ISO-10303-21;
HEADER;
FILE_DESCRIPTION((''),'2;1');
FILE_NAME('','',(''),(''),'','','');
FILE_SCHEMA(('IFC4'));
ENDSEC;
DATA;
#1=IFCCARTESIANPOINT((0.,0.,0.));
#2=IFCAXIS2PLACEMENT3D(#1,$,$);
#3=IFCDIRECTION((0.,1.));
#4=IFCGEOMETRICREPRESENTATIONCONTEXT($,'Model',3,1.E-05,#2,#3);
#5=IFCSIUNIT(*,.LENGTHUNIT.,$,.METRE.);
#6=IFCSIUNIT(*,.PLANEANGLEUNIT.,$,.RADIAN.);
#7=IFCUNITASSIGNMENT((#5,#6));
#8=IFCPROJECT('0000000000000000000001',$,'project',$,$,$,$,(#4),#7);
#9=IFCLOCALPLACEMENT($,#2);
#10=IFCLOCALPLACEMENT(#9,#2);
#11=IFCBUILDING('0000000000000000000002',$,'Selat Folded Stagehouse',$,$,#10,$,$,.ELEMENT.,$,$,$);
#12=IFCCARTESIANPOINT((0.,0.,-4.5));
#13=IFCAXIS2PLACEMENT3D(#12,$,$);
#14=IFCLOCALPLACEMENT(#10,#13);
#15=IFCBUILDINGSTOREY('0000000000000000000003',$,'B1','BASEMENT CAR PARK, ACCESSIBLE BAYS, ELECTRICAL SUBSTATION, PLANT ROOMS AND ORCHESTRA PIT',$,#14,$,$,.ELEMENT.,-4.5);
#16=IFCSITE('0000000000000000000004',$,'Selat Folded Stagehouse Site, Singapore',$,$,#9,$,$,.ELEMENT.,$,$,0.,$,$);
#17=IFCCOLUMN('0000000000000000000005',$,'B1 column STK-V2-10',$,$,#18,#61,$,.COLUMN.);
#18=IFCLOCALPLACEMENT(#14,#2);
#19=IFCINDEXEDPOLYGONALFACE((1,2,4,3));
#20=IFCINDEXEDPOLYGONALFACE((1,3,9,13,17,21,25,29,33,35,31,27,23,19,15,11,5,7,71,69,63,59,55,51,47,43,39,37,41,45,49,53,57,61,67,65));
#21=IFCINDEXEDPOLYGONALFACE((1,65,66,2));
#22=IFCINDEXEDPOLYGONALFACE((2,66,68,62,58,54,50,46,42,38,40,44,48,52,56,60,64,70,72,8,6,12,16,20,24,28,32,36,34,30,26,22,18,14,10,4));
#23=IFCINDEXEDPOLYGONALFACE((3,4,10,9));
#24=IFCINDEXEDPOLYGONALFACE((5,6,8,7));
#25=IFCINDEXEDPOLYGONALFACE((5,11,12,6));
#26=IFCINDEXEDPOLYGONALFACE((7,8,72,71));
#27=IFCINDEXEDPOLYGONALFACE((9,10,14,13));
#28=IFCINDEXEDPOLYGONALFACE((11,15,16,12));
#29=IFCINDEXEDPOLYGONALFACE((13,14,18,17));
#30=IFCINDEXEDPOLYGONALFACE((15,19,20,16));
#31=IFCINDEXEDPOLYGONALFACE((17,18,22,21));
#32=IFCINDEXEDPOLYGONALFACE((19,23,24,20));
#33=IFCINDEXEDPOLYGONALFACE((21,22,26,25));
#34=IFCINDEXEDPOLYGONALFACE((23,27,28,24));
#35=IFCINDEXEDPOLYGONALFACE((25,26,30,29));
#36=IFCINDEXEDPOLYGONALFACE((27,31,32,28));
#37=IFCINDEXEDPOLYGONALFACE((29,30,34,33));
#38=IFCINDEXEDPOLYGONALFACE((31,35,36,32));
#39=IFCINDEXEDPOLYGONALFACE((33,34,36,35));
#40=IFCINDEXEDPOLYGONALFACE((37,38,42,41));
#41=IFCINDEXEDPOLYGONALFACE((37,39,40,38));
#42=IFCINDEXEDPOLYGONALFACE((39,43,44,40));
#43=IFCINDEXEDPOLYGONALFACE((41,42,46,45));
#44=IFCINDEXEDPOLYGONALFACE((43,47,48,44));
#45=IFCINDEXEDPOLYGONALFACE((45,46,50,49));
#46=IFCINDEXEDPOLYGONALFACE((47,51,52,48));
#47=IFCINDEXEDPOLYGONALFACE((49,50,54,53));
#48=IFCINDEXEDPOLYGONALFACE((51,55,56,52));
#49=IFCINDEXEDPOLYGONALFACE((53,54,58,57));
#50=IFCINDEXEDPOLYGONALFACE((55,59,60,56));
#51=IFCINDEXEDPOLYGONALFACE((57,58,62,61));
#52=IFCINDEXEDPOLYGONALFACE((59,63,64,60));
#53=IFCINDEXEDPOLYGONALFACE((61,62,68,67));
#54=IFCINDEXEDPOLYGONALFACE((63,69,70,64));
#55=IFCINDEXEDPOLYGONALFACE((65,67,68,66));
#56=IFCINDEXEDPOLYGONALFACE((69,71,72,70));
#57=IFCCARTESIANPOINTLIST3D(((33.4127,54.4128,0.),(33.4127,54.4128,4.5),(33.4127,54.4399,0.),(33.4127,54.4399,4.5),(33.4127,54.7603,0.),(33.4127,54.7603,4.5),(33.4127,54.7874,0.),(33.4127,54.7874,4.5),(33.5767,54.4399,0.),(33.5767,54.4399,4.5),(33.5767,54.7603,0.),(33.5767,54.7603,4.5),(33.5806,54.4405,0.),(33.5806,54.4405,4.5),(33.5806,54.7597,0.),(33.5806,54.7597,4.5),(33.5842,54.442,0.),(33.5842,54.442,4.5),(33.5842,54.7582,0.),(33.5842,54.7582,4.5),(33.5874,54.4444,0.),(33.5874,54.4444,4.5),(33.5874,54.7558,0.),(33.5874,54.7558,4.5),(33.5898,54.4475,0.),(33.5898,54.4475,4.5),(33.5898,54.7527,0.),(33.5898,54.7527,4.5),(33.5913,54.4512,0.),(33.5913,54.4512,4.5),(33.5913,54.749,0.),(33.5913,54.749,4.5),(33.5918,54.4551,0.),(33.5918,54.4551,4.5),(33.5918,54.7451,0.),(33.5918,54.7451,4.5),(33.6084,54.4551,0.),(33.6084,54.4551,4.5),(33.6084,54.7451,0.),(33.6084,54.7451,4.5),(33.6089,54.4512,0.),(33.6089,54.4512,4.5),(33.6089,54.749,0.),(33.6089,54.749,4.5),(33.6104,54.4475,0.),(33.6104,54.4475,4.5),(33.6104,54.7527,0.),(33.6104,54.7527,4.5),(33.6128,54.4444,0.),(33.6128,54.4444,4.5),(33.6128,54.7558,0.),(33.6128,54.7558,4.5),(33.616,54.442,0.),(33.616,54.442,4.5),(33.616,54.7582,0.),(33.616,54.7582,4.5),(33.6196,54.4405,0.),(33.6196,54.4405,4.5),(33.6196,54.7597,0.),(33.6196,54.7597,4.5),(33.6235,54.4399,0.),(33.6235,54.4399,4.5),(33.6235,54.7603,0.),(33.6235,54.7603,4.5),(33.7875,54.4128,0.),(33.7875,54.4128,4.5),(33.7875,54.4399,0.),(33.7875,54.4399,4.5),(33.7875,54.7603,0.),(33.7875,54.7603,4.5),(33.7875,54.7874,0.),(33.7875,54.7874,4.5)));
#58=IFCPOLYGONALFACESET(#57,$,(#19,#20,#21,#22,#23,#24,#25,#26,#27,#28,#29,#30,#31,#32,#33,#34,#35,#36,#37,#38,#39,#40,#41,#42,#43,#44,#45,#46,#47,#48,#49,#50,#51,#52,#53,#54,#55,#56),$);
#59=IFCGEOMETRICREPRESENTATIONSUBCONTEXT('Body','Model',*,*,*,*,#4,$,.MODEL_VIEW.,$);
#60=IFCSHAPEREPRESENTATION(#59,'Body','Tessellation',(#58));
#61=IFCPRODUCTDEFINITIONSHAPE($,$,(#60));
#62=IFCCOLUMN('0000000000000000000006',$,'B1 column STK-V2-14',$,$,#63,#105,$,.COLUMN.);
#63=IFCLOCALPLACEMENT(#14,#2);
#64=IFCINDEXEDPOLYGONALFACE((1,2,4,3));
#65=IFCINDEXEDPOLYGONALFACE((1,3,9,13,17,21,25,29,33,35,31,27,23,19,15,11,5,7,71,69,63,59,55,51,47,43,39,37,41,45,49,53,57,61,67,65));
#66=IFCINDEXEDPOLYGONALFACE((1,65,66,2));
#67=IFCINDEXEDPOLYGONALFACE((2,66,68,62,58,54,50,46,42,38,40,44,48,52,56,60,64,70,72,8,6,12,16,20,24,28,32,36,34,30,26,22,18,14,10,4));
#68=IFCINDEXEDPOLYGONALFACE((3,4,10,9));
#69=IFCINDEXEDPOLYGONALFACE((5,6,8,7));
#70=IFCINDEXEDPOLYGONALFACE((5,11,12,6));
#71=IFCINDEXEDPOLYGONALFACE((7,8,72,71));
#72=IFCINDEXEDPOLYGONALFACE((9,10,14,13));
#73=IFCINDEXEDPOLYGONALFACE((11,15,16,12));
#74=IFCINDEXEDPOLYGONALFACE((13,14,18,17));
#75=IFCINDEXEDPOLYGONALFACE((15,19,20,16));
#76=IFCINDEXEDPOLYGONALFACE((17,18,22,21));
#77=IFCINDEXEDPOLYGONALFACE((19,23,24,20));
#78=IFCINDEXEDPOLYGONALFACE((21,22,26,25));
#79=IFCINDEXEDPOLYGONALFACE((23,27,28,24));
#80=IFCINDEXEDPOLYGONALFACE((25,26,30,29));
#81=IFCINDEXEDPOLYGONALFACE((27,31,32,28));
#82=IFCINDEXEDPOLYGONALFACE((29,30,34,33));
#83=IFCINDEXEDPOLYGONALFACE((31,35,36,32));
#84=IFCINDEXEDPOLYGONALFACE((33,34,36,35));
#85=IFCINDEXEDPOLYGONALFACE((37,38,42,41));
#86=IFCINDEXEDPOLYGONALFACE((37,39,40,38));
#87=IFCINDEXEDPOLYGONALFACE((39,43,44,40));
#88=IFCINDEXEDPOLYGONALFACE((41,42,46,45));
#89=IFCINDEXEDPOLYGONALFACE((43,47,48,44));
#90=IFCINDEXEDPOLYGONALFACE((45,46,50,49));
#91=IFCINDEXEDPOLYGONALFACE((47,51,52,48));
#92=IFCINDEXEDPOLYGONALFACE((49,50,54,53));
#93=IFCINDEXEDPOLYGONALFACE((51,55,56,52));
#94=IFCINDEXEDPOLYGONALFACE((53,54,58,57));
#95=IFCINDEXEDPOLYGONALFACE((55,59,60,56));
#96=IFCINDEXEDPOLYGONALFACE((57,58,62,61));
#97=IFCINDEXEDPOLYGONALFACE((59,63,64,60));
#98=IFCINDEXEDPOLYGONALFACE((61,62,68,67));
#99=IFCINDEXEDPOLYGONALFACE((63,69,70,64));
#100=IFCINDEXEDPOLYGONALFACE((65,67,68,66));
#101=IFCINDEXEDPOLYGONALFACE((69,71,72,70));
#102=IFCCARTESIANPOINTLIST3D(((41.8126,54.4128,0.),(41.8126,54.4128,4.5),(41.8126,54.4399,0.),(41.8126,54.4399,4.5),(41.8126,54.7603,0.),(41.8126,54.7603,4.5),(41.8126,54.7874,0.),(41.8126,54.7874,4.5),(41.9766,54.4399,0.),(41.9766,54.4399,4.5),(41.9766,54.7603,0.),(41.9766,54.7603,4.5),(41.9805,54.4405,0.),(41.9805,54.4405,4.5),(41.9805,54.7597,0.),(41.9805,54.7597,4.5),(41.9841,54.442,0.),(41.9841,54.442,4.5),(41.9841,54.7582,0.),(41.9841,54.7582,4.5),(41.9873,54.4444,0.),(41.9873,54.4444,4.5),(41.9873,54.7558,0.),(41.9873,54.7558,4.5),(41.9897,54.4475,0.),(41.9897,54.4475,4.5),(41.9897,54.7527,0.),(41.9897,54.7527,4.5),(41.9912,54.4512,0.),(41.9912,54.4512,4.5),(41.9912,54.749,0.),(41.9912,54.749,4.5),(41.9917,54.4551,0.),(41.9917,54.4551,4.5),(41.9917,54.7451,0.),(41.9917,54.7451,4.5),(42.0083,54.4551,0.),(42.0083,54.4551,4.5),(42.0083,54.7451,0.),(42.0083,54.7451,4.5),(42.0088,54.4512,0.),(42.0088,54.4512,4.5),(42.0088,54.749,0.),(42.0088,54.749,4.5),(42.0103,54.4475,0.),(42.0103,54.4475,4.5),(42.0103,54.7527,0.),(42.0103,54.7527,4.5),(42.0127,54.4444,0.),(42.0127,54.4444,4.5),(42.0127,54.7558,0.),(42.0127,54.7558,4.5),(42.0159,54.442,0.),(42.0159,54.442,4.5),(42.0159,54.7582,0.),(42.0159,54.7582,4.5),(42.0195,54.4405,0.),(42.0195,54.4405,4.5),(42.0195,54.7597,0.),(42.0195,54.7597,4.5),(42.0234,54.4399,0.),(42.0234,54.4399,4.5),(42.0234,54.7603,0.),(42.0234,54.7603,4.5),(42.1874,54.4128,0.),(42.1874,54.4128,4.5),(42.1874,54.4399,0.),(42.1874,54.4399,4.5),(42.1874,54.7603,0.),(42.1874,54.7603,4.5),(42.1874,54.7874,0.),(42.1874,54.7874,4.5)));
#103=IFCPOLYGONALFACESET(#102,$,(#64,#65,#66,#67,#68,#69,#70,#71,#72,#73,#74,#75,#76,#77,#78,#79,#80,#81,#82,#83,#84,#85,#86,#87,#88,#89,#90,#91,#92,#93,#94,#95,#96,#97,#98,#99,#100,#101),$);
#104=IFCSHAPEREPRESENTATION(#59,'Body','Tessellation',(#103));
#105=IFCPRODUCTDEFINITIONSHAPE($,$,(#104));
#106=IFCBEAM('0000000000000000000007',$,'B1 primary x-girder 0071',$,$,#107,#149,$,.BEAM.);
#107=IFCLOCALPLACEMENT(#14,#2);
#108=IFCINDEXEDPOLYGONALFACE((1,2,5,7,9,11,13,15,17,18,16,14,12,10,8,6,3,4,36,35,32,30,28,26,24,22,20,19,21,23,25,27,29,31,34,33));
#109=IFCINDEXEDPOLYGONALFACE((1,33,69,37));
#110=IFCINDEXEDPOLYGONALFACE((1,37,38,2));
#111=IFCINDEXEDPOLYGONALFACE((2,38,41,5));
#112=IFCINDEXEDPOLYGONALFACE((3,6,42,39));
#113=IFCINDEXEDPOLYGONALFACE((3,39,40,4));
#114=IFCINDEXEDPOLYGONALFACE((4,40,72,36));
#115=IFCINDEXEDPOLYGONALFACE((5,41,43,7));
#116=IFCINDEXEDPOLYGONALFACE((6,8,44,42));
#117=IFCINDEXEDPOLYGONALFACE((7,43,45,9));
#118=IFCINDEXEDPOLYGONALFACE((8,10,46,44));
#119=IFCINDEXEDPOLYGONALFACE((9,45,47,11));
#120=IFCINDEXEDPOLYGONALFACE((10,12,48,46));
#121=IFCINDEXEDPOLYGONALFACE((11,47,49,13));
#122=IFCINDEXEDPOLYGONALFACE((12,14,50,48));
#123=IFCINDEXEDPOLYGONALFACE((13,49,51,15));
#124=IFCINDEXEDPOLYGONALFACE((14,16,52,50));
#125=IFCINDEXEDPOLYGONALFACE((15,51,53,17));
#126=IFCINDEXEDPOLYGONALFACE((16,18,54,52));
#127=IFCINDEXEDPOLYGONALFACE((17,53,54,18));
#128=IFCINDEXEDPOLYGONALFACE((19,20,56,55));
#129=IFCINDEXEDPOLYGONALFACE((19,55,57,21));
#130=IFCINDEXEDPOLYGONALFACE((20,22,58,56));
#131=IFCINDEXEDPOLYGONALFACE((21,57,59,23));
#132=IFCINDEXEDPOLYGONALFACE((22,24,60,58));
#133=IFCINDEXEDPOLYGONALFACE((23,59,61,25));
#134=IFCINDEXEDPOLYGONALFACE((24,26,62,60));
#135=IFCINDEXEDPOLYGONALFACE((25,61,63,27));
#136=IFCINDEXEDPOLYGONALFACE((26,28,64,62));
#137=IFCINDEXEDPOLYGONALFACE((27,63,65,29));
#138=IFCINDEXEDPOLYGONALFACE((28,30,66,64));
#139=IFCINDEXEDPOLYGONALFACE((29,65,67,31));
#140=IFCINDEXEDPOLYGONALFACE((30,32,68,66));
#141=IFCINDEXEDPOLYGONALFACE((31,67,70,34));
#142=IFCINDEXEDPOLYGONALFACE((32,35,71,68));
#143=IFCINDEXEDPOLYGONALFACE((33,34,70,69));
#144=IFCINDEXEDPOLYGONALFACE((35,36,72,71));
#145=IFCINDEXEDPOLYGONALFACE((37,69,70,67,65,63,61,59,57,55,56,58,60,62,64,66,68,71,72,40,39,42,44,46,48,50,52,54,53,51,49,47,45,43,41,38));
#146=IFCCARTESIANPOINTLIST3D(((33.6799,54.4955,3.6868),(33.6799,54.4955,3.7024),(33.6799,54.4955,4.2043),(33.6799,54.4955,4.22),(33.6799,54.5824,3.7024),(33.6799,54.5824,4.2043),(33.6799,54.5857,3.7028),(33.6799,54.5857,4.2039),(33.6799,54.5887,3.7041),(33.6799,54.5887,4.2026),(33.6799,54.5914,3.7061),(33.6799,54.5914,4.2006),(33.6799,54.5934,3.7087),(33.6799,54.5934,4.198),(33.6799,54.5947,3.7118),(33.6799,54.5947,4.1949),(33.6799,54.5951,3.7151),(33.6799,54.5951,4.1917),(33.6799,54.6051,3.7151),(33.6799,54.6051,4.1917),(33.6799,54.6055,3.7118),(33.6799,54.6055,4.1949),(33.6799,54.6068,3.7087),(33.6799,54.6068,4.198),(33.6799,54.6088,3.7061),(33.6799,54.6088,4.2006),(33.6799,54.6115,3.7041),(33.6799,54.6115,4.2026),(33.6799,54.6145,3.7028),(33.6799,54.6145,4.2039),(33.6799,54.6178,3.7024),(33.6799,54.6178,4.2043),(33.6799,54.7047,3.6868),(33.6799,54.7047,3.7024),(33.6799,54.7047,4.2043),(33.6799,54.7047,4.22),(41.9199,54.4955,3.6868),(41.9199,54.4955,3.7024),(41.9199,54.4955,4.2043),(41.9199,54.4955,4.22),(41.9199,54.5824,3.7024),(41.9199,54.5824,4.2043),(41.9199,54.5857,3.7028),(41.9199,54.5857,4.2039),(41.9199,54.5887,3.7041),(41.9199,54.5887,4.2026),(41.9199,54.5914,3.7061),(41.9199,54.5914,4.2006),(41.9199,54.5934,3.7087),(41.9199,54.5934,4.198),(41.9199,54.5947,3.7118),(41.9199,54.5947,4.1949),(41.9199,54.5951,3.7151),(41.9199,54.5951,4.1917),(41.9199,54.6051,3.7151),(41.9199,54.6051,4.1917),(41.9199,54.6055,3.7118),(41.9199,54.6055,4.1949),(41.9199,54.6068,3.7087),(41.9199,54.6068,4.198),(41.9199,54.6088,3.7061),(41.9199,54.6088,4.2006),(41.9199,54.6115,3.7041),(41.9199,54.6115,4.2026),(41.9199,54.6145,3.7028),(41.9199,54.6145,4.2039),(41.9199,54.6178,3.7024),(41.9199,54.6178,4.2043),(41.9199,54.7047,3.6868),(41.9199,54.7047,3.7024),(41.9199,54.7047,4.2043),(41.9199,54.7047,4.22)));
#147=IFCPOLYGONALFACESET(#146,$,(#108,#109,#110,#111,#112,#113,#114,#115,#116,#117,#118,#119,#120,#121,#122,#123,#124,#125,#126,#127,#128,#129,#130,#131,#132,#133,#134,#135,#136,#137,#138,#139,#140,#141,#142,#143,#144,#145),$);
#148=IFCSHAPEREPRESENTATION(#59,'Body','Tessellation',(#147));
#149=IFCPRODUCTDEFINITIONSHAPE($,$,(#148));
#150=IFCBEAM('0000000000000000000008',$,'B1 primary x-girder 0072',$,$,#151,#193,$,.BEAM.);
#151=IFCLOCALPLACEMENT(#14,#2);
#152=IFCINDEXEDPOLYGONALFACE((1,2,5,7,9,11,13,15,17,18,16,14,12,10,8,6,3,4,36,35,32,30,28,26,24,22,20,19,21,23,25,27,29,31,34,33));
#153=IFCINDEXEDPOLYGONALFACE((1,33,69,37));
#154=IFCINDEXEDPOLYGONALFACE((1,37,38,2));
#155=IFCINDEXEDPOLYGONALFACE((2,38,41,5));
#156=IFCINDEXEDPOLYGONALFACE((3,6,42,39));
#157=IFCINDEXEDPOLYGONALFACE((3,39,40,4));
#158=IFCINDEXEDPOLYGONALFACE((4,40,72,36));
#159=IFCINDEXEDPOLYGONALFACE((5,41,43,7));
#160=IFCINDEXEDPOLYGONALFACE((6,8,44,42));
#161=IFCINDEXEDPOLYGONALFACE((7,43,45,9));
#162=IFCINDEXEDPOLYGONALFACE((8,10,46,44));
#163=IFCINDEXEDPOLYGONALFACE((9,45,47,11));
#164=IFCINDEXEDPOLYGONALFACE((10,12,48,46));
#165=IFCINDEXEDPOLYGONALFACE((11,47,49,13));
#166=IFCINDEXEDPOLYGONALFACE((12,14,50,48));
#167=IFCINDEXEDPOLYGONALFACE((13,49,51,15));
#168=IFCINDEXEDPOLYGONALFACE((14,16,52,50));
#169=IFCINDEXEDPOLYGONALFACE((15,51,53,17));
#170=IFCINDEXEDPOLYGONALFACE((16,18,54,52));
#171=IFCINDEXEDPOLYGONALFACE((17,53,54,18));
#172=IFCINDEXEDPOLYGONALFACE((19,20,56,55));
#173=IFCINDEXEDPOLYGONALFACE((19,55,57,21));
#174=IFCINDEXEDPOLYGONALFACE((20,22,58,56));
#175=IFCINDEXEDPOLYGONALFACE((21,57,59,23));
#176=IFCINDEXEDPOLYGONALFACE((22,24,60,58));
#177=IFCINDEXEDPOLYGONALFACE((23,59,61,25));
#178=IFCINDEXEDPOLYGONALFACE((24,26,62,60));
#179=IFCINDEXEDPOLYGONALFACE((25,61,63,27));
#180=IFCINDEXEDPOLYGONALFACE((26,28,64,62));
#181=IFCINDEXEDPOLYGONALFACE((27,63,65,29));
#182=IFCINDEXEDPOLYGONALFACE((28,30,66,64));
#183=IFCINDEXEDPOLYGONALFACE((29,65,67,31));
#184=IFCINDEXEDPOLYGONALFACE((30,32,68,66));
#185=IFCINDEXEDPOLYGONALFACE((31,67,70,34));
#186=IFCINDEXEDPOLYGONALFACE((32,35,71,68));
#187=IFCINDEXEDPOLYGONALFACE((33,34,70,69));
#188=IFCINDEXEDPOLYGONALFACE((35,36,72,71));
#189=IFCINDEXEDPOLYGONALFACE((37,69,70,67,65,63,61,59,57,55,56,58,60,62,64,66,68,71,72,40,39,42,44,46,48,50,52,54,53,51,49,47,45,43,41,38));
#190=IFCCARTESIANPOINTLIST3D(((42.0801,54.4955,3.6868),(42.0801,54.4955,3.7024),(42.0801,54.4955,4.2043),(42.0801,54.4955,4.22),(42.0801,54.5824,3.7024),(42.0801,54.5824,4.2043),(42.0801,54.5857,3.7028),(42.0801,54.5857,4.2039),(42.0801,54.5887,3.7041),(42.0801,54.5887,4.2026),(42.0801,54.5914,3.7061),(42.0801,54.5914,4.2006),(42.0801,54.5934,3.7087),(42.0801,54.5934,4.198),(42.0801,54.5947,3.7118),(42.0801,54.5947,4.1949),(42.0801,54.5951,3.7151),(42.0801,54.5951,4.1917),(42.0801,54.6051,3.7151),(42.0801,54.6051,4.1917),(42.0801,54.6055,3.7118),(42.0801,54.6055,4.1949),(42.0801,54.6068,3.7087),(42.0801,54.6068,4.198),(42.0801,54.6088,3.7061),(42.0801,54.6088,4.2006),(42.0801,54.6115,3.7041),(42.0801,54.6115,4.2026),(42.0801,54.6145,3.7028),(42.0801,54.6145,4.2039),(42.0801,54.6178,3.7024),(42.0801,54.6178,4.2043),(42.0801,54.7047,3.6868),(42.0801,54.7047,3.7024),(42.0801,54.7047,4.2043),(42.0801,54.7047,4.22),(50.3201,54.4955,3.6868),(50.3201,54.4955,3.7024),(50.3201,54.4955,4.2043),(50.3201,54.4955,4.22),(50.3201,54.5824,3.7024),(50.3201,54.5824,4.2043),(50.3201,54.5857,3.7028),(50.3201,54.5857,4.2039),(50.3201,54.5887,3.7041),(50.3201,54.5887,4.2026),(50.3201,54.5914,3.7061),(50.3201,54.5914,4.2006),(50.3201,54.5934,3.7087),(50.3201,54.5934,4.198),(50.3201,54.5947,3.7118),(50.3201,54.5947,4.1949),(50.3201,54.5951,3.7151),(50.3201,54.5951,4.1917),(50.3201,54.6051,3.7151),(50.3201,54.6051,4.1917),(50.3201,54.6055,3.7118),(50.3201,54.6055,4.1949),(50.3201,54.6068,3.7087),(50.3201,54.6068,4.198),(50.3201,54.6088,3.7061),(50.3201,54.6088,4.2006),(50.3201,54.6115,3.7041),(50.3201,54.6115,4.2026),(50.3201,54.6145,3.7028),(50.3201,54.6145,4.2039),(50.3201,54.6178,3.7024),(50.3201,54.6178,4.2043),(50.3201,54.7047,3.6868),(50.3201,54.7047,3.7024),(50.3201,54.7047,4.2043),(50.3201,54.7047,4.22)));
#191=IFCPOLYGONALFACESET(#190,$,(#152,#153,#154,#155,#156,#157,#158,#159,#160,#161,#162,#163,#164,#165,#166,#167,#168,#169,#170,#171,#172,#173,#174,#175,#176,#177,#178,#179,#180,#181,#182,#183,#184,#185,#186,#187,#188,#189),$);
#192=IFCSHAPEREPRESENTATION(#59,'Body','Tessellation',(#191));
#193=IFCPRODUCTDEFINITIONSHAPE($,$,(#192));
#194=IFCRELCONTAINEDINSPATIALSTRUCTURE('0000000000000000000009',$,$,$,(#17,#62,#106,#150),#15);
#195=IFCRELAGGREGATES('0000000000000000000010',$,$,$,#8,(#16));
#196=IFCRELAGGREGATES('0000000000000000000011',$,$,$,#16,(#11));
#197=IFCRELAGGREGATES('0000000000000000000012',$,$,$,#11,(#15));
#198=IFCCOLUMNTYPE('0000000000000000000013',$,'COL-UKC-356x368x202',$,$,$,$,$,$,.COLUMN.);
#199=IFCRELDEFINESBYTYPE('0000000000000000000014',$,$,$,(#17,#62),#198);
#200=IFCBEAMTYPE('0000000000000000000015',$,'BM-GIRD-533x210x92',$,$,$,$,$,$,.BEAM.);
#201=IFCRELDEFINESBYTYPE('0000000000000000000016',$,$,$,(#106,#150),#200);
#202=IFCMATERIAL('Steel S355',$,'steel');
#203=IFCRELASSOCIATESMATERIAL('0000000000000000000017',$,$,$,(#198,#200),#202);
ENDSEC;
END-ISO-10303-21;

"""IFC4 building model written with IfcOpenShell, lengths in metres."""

from ifc_helpers import new_model, si_unit, direction, frame, origin, origin_2d, place, context, subcontext, project, spatial, i_section, extrude, material, material_profile, profile_set, type_object, element, save


model = new_model("IFC4")

# Units and contexts
model_context = context("Model", 3, precision=1e-05, world=origin(), true_north=direction((0.0, 1.0)))
body_context = subcontext(model_context, "Body", "Model", "MODEL_VIEW")
ifc_project = project(units=[si_unit("LENGTHUNIT", "METRE"), si_unit("PLANEANGLEUNIT", "RADIAN")], contexts=[model_context])

# Site, building, storey
site_placement = place(None, origin())
site = spatial("IfcSite", under=ifc_project, at=site_placement, Name="Selat Folded Stagehouse Site, Singapore", CompositionType="ELEMENT", RefElevation=0.0)
building_placement = place(site_placement, origin())
building = spatial("IfcBuilding", under=site, at=building_placement, Name="Selat Folded Stagehouse", CompositionType="ELEMENT")
storey_placement = place(building_placement, frame((0.0, 0.0, -4.5)))
storey = spatial("IfcBuildingStorey", under=building, at=storey_placement, Name="B1", Description="BASEMENT CAR PARK, ACCESSIBLE BAYS, ELECTRICAL SUBSTATION, PLANT ROOMS AND ORCHESTRA PIT", CompositionType="ELEMENT", Elevation=-4.5)

# Columns
ifc_material_1 = material(Name="Steel S355", Category="steel")
ifc_material_profile_1 = material_profile(ifc_material_1, i_section(OverallWidth=0.3748, OverallDepth=0.3745, WebThickness=0.0166, FlangeThickness=0.0271, FilletRadius=0.0151, at=origin_2d()), Name="UKC 356x368x202")
ifc_profile_set_1 = profile_set([ifc_material_profile_1], Name="Steel S355")
column_type = type_object("IfcColumnType", Name="COL-UKC-356x368x202", PredefinedType="COLUMN", material=ifc_profile_set_1)
for number, where, z_axis, x_axis, name in (
    (1, (33.6001, 54.6001, 0.0), (0.0, 0.0, 1.0), (1.0, 0.0, 0.0), "B1 column STK-V2-10"),
    (2, (42.0, 54.6001, 0.0), (0.0, 0.0, 1.0), (1.0, 0.0, 0.0), "B1 column STK-V2-14"),
):
    element("IfcColumn", number, at=place(storey_placement, frame(where, z_axis=z_axis, x_axis=x_axis)), inside=storey, type_object=column_type, Name=name, PredefinedType="COLUMN", context=body_context, shape_type="SweptSolid", body=[
        extrude(i_section(OverallWidth=0.3748, OverallDepth=0.3745, WebThickness=0.0166, FlangeThickness=0.0271, FilletRadius=0.0151, at=origin_2d()), origin(), (0.0, 0.0, 1.0), 4.5),
    ])

# Beams
ifc_material_profile_2 = material_profile(ifc_material_1, i_section(OverallWidth=0.2092, OverallDepth=0.5332, WebThickness=0.01, FlangeThickness=0.0156, FilletRadius=0.0127, at=origin_2d()), Name="UKB 533x210x92")
ifc_profile_set_2 = profile_set([ifc_material_profile_2], Name="Steel S355")
beam_type_1 = type_object("IfcBeamType", Name="BM-GIRD-533x210x92", PredefinedType="BEAM", material=ifc_profile_set_2)
for number, where, z_axis, x_axis, name in (
    (3, (33.6799, 54.6001, 3.9534), (1.0, 0.0, 0.0), (0.0, 1.0, 0.0), "B1 primary x-girder 0071"),
    (4, (42.0801, 54.6001, 3.9534), (1.0, 0.0, 0.0), (0.0, 1.0, 0.0), "B1 primary x-girder 0072"),
):
    element("IfcBeam", number, at=place(storey_placement, frame(where, z_axis=z_axis, x_axis=x_axis)), inside=storey, type_object=beam_type_1, Name=name, PredefinedType="BEAM", context=body_context, shape_type="SweptSolid", body=[
        extrude(i_section(OverallWidth=0.2092, OverallDepth=0.5332, WebThickness=0.01, FlangeThickness=0.0156, FilletRadius=0.0127, at=origin_2d()), origin(), (0.0, 0.0, 1.0), 8.24),
    ])

save(model, "model.ifc")
